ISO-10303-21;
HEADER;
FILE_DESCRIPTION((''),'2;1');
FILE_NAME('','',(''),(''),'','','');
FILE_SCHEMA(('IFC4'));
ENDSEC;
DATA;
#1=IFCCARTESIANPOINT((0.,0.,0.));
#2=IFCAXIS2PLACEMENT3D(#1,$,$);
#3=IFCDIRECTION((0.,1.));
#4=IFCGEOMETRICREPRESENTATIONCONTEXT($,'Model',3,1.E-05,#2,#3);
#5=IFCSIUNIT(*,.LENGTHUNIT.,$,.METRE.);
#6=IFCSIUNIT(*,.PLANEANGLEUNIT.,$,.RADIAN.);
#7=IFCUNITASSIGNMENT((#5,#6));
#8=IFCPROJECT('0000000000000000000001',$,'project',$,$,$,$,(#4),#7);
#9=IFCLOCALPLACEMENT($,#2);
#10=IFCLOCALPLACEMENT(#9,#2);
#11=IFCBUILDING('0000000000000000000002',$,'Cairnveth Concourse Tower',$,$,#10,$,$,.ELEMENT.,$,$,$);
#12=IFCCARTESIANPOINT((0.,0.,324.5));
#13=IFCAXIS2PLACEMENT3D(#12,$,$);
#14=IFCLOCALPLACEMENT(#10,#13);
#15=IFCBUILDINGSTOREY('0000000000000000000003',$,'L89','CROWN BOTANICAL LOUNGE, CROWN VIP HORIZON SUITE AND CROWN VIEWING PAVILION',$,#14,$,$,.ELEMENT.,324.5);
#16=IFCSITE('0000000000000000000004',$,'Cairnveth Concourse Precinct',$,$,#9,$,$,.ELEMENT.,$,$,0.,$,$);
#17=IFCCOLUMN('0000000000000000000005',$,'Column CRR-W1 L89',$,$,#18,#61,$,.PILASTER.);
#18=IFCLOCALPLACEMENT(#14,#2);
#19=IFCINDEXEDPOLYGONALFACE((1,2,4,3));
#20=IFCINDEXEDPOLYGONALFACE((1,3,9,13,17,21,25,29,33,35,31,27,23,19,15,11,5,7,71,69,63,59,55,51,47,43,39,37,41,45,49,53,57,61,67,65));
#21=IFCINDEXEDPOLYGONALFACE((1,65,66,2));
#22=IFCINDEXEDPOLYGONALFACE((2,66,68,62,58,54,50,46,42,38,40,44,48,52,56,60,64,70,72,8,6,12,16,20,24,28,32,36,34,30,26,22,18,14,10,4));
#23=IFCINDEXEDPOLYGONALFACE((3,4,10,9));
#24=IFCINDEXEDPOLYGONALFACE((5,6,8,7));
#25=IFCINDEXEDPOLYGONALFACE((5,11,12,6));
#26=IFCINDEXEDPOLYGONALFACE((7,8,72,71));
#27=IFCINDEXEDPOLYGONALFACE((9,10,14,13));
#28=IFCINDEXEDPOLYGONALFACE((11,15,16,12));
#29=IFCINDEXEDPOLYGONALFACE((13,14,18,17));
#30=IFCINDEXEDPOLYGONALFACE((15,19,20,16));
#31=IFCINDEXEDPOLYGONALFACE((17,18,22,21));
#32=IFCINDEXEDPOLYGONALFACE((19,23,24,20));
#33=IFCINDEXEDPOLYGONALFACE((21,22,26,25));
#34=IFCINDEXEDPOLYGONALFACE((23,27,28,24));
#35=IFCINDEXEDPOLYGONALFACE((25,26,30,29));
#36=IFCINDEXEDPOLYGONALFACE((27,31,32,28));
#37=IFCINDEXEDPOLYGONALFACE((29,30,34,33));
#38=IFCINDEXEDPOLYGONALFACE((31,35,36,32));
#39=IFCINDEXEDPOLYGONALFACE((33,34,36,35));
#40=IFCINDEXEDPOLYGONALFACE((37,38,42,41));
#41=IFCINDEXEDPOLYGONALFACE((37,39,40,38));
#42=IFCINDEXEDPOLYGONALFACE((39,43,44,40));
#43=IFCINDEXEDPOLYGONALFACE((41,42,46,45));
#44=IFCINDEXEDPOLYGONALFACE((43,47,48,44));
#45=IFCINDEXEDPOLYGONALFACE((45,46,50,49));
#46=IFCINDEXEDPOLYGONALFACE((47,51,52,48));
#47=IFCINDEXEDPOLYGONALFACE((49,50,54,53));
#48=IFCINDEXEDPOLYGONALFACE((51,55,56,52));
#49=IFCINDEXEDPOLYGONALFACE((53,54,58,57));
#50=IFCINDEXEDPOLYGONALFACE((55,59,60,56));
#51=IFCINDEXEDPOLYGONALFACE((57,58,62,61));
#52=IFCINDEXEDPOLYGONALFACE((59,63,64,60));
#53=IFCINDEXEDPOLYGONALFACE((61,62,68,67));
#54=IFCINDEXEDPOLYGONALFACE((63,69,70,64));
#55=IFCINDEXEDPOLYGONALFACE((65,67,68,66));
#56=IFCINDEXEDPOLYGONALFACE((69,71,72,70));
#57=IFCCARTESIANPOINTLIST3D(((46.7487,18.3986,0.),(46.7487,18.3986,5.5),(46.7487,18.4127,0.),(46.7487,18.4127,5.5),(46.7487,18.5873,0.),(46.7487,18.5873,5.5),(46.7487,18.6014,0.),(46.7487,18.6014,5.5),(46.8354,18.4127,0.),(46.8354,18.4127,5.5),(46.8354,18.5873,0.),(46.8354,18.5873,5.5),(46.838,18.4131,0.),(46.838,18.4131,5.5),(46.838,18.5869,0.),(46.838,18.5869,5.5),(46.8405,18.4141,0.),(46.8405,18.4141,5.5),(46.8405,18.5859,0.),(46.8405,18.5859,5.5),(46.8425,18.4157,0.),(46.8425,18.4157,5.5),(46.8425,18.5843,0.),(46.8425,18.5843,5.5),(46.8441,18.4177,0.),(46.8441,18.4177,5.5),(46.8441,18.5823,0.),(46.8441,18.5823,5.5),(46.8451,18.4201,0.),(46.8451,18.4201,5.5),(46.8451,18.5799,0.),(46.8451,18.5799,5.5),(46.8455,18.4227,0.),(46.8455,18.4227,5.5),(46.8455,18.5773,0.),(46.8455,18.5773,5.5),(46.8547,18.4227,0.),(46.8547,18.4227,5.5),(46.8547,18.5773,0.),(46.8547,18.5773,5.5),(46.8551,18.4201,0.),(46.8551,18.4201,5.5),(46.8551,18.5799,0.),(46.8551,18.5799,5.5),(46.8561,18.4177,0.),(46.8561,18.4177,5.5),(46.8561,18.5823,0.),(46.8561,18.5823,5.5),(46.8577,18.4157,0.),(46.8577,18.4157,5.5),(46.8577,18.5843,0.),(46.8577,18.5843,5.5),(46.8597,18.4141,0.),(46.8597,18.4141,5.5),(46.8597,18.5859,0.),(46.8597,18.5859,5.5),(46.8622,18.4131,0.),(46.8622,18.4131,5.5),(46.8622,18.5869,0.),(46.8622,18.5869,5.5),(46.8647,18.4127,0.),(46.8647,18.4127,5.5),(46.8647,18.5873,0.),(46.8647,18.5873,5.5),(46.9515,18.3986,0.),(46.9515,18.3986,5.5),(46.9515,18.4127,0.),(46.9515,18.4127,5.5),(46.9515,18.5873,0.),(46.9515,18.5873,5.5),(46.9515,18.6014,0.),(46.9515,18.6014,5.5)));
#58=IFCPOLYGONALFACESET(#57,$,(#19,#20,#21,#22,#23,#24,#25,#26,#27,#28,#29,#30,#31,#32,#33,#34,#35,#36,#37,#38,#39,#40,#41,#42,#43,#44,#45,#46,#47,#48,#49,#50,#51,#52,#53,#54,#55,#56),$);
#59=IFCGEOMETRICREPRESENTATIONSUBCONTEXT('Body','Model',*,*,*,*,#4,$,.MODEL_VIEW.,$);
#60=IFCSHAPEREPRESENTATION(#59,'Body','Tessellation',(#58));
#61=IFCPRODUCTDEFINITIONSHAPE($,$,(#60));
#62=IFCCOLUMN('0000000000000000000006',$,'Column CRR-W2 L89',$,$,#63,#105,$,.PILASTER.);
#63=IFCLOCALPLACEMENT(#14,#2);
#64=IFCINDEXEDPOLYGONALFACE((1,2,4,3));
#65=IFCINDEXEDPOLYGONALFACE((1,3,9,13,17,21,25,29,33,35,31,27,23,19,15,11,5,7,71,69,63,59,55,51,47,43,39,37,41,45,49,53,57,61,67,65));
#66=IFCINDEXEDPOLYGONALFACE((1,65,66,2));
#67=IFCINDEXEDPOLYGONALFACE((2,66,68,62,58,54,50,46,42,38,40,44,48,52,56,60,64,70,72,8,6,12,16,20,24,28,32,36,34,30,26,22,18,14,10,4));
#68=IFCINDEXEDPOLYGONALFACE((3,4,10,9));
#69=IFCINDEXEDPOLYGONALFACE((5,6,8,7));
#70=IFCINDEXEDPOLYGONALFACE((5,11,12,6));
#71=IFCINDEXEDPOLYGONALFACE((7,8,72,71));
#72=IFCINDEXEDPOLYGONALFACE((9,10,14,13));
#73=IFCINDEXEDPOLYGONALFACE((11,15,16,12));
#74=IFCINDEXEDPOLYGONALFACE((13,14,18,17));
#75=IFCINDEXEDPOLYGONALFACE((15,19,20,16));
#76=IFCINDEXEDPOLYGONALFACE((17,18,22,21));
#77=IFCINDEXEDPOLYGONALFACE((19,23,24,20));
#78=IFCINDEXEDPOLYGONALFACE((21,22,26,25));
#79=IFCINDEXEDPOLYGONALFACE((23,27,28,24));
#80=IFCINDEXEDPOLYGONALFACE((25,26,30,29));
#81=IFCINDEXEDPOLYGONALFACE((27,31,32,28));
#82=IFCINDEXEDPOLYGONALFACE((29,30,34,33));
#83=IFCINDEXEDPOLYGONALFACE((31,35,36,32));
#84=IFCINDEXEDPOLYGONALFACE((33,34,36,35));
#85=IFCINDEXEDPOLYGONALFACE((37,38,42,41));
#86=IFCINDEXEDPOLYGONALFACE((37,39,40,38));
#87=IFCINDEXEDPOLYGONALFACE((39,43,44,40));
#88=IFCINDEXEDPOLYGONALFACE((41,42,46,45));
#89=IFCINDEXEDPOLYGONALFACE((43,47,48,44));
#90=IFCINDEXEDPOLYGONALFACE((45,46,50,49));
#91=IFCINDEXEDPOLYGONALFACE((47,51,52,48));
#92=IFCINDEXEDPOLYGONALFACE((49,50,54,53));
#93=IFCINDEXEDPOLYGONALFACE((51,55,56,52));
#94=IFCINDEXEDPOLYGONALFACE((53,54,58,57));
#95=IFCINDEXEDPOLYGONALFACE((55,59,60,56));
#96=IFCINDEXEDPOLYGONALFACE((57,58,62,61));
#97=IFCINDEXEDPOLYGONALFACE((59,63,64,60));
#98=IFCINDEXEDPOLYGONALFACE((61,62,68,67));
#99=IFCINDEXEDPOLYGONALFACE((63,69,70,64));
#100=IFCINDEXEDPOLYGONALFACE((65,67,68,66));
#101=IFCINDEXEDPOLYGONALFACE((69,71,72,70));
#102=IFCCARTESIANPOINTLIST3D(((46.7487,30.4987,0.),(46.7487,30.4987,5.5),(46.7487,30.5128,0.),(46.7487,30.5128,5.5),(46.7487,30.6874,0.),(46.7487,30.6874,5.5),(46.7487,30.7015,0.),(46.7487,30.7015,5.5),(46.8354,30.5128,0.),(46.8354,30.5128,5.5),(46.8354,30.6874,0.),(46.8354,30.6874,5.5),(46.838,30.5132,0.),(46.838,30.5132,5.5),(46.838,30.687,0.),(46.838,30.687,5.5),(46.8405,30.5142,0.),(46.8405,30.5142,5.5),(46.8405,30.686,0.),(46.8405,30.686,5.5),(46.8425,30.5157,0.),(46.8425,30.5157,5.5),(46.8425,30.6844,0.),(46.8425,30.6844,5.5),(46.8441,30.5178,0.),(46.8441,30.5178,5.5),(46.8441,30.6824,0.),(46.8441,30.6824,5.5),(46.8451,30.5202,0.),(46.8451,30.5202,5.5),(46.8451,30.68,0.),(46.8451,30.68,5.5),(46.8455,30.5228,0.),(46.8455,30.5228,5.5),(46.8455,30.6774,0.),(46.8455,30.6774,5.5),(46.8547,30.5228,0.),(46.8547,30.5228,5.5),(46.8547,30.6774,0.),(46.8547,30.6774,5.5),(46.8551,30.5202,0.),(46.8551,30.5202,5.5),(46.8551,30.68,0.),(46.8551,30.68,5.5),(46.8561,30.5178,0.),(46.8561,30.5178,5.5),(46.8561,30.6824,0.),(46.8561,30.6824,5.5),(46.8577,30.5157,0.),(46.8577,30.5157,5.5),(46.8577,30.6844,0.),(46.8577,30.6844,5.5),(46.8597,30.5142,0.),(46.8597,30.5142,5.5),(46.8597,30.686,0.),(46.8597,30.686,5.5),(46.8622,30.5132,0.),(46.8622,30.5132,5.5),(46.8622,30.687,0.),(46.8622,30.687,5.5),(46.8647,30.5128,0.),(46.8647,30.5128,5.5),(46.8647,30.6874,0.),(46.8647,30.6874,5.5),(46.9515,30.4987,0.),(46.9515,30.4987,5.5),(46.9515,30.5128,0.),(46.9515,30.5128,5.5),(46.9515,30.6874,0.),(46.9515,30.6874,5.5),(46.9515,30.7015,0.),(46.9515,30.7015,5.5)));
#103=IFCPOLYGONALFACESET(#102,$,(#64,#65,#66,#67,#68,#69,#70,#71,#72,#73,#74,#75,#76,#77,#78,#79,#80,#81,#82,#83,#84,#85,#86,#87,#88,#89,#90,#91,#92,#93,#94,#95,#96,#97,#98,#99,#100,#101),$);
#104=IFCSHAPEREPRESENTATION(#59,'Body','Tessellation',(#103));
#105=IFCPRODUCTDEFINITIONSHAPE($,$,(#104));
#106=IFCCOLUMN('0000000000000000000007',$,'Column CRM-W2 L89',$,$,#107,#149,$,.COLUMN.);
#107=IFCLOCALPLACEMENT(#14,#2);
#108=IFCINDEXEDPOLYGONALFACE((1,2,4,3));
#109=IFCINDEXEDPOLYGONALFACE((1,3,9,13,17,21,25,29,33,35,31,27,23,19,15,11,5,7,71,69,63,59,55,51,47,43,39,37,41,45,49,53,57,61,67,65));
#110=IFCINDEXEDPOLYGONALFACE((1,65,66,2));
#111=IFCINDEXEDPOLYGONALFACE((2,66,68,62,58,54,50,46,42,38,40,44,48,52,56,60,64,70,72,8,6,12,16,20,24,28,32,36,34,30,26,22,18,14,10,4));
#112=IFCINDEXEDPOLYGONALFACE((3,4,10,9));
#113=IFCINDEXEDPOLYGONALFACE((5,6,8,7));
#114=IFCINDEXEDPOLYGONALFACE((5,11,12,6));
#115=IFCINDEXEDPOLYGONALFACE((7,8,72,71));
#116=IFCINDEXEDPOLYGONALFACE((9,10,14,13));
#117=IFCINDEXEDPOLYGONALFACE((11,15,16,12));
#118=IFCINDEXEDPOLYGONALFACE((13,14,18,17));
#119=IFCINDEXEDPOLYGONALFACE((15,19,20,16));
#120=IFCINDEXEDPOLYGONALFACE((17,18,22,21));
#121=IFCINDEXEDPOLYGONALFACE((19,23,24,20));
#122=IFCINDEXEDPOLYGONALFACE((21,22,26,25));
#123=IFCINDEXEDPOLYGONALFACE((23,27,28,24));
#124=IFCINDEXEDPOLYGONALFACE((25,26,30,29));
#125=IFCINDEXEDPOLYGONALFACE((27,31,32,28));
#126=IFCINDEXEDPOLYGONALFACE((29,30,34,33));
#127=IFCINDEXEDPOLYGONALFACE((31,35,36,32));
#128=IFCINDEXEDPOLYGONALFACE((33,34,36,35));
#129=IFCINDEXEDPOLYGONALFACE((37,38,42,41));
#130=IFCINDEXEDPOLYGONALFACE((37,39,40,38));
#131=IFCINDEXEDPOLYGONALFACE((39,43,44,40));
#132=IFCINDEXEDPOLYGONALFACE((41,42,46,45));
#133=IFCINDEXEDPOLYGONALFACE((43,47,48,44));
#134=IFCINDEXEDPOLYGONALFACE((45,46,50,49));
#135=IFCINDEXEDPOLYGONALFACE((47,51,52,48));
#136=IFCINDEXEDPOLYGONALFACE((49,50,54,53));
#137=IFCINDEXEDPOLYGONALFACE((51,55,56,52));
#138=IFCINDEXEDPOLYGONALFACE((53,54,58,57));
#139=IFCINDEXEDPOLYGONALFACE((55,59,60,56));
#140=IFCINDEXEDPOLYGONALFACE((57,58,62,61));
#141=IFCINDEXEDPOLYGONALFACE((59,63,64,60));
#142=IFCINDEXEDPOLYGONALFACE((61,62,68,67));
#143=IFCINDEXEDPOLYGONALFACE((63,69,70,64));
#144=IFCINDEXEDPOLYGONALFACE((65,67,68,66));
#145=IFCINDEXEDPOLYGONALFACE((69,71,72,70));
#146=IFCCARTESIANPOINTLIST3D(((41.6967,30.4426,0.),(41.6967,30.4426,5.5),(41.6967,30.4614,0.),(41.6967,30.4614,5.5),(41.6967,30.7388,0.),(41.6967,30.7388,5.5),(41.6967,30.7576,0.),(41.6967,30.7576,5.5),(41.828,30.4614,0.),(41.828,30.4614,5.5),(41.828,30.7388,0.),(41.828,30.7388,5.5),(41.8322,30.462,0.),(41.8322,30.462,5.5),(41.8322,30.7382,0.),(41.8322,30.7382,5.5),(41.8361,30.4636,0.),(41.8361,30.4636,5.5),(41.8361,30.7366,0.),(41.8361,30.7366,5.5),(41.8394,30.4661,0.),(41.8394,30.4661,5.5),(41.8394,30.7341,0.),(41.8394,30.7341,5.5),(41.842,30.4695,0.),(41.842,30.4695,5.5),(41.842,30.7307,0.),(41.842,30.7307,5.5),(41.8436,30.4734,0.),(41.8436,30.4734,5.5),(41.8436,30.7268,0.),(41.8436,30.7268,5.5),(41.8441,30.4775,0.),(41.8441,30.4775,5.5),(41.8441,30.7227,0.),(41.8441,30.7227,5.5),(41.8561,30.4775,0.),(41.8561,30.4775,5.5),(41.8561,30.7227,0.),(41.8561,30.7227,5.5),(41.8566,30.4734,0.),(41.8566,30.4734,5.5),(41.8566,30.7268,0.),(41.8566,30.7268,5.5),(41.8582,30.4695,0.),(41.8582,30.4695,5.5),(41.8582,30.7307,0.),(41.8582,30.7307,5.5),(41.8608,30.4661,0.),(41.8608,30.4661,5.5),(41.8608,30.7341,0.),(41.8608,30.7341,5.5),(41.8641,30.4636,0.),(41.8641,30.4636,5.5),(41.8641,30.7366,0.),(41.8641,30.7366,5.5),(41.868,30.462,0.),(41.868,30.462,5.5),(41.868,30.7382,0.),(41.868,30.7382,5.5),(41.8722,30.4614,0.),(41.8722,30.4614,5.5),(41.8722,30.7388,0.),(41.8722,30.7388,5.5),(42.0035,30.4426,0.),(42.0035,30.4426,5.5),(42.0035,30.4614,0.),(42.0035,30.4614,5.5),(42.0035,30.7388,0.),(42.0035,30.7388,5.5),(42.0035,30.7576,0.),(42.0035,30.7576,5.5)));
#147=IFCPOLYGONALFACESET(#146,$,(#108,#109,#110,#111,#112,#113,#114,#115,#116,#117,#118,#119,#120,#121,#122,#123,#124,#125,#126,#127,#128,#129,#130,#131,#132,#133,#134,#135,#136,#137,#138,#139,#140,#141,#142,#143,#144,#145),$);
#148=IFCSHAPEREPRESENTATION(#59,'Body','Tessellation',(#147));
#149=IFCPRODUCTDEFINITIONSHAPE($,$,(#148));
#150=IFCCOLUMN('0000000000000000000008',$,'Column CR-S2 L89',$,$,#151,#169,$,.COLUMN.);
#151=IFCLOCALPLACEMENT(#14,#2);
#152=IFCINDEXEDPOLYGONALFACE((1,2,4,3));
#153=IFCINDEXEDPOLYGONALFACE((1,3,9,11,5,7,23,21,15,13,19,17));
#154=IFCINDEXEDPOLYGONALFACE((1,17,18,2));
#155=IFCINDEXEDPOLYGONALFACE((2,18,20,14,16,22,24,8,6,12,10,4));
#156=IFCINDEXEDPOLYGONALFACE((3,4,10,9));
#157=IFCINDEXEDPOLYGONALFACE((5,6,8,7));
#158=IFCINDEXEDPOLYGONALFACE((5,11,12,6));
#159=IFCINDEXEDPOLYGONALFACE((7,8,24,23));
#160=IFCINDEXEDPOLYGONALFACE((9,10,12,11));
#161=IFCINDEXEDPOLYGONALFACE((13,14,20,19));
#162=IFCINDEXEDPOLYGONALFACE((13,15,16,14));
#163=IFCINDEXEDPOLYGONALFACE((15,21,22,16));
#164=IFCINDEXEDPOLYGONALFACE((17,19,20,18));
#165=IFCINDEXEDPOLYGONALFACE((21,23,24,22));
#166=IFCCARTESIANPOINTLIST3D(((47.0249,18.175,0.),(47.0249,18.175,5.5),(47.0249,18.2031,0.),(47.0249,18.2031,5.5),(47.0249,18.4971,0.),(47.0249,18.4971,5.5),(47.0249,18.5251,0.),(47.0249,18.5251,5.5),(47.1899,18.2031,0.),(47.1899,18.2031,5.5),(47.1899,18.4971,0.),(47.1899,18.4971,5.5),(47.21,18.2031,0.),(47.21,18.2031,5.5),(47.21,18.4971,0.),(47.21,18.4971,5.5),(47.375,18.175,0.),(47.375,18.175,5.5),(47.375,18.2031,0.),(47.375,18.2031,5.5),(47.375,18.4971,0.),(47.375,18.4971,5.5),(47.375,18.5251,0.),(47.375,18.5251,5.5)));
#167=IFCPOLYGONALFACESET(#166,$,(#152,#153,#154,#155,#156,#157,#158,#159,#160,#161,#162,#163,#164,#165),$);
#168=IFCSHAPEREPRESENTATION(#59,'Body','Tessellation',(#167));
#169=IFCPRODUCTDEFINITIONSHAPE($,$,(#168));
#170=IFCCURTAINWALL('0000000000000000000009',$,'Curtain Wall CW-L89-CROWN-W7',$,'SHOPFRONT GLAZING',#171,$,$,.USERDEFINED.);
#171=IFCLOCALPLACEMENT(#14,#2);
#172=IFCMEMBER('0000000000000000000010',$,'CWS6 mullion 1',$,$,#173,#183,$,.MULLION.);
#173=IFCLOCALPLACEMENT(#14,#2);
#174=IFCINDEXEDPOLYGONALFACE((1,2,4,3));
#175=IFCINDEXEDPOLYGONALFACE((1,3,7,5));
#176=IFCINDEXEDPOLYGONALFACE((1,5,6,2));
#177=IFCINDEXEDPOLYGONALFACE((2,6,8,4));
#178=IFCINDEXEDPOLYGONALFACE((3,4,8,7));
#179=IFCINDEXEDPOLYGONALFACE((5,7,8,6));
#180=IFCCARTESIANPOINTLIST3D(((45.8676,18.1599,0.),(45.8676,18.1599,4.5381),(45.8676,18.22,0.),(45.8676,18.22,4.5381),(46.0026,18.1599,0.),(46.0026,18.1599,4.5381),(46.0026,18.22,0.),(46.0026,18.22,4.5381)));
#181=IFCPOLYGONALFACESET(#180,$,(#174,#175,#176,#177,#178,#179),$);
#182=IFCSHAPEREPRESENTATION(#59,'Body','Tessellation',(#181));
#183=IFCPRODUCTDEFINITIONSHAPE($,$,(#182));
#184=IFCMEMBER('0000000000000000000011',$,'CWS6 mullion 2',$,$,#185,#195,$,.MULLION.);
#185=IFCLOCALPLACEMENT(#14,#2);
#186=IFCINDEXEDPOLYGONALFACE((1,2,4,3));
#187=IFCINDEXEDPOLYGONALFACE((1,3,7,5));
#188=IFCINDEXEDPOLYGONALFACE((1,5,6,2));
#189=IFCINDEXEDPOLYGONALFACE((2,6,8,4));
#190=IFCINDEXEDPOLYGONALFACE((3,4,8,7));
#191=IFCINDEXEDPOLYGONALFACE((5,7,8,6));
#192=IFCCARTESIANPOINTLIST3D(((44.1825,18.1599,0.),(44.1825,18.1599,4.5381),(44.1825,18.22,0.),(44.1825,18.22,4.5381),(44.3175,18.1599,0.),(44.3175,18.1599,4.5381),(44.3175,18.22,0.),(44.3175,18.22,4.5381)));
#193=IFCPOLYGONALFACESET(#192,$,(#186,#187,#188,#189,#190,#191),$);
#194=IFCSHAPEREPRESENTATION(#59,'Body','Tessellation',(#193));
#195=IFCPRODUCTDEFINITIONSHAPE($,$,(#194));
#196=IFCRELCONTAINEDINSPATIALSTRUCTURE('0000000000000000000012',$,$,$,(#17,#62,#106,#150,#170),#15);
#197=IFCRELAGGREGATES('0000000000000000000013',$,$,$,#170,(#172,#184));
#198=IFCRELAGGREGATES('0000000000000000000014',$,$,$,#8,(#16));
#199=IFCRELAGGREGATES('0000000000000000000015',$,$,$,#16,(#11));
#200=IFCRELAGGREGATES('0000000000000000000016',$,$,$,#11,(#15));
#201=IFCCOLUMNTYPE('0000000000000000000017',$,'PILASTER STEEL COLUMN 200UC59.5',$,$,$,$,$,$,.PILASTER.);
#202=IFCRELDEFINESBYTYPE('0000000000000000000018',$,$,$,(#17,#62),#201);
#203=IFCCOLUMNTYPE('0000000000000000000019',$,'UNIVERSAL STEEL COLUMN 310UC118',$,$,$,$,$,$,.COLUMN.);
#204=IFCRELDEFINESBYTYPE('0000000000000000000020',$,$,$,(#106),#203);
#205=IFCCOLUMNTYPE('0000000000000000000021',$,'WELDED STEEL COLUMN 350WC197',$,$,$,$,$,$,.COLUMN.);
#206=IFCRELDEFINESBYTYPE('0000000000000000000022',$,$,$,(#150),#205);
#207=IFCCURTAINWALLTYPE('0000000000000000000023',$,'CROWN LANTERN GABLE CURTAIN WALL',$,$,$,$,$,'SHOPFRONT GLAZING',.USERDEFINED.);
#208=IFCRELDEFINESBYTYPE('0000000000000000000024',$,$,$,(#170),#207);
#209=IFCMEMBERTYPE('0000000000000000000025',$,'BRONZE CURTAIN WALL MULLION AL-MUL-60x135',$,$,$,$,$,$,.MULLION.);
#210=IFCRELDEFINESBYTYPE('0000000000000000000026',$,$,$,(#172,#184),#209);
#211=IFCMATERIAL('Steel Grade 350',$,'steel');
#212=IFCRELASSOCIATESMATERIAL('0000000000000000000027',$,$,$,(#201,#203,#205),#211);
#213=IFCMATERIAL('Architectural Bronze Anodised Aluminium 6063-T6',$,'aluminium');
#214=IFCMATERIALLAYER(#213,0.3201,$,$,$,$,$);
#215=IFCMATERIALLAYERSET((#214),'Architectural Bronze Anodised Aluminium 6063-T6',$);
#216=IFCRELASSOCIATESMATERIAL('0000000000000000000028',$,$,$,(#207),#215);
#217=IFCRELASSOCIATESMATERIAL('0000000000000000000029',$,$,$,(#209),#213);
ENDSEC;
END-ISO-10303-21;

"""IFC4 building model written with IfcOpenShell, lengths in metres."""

from ifc_helpers import new_model, si_unit, direction, frame, origin, origin_2d, place, context, subcontext, project, spatial, rectangle, i_section, extrude, material, layer, layer_set, material_profile, profile_set, type_object, element, aggregate, save


model = new_model("IFC4")

# Units and contexts
model_context = context("Model", 3, precision=1e-05, world=origin(), true_north=direction((0.0, 1.0)))
body_context = subcontext(model_context, "Body", "Model", "MODEL_VIEW")
ifc_project = project(units=[si_unit("LENGTHUNIT", "METRE"), si_unit("PLANEANGLEUNIT", "RADIAN")], contexts=[model_context])

# Site, building, storey
site_placement = place(None, origin())
site = spatial("IfcSite", under=ifc_project, at=site_placement, Name="Cairnveth Concourse Precinct", CompositionType="ELEMENT", RefElevation=0.0)
building_placement = place(site_placement, origin())
building = spatial("IfcBuilding", under=site, at=building_placement, Name="Cairnveth Concourse Tower", CompositionType="ELEMENT")
storey_placement = place(building_placement, frame((0.0, 0.0, 324.5)))
storey = spatial("IfcBuildingStorey", under=building, at=storey_placement, Name="L89", Description="CROWN BOTANICAL LOUNGE, CROWN VIP HORIZON SUITE AND CROWN VIEWING PAVILION", CompositionType="ELEMENT", Elevation=324.5)

# Columns
ifc_material_1 = material(Name="Steel Grade 350", Category="steel")
ifc_material_profile_1 = material_profile(ifc_material_1, i_section(OverallWidth=0.2029, OverallDepth=0.2029, WebThickness=0.0093, FlangeThickness=0.0142, FilletRadius=0.01, at=origin_2d()), Name="200UC59.5")
ifc_profile_set_1 = profile_set([ifc_material_profile_1], Name="Steel Grade 350")
column_type_1 = type_object("IfcColumnType", Name="PILASTER STEEL COLUMN 200UC59.5", PredefinedType="PILASTER", material=ifc_profile_set_1)
for number, where, z_axis, x_axis, name in (
    (1, (46.8501, 18.5, 0.0), (0.0, 0.0, 1.0), (1.0, 0.0, 0.0), "Column CRR-W1 L89"),
    (2, (46.8501, 30.6001, 0.0), (0.0, 0.0, 1.0), (1.0, 0.0, 0.0), "Column CRR-W2 L89"),
):
    element("IfcColumn", number, at=place(storey_placement, frame(where, z_axis=z_axis, x_axis=x_axis)), inside=storey, type_object=column_type_1, Name=name, PredefinedType="PILASTER", context=body_context, shape_type="SweptSolid", body=[
        extrude(i_section(OverallWidth=0.2029, OverallDepth=0.2029, WebThickness=0.0093, FlangeThickness=0.0142, FilletRadius=0.01, at=origin_2d()), origin(), (0.0, 0.0, 1.0), 5.5),
    ])
ifc_material_profile_2 = material_profile(ifc_material_1, i_section(OverallWidth=0.3069, OverallDepth=0.3149, WebThickness=0.012, FlangeThickness=0.0188, FilletRadius=0.0161, at=origin_2d()), Name="310UC118")
ifc_profile_set_2 = profile_set([ifc_material_profile_2], Name="Steel Grade 350")
column_type_2 = type_object("IfcColumnType", Name="UNIVERSAL STEEL COLUMN 310UC118", PredefinedType="COLUMN", material=ifc_profile_set_2)
column_1_placement = place(storey_placement, frame((41.8501, 30.6001, 0.0), z_axis=(0.0, 0.0, 1.0), x_axis=(1.0, 0.0, 0.0)))
element("IfcColumn", 3, at=column_1_placement, inside=storey, type_object=column_type_2, Name="Column CRM-W2 L89", PredefinedType="COLUMN", context=body_context, shape_type="SweptSolid", body=[
    extrude(i_section(OverallWidth=0.3069, OverallDepth=0.3149, WebThickness=0.012, FlangeThickness=0.0188, FilletRadius=0.0161, at=origin_2d()), origin(), (0.0, 0.0, 1.0), 5.5),
])
ifc_material_profile_3 = material_profile(ifc_material_1, i_section(OverallWidth=0.3501, OverallDepth=0.3501, WebThickness=0.02, FlangeThickness=0.0281, at=origin_2d()), Name="350WC197")
ifc_profile_set_3 = profile_set([ifc_material_profile_3], Name="Steel Grade 350")
column_type_3 = type_object("IfcColumnType", Name="WELDED STEEL COLUMN 350WC197", PredefinedType="COLUMN", material=ifc_profile_set_3)
column_2_placement = place(storey_placement, frame((47.2, 18.3501, 0.0), z_axis=(0.0, 0.0, 1.0), x_axis=(1.0, 0.0, 0.0)))
element("IfcColumn", 4, at=column_2_placement, inside=storey, type_object=column_type_3, Name="Column CR-S2 L89", PredefinedType="COLUMN", context=body_context, shape_type="SweptSolid", body=[
    extrude(i_section(OverallWidth=0.3501, OverallDepth=0.3501, WebThickness=0.02, FlangeThickness=0.0281, at=origin_2d()), origin(), (0.0, 0.0, 1.0), 5.5),
])

# Curtain wall, members
ifc_material_2 = material(Name="Architectural Bronze Anodised Aluminium 6063-T6", Category="aluminium")
ifc_layer_1 = layer(ifc_material_2, 0.3201)
ifc_layer_set_1 = layer_set([ifc_layer_1], Name="Architectural Bronze Anodised Aluminium 6063-T6")
curtain_wall_type = type_object("IfcCurtainWallType", Name="CROWN LANTERN GABLE CURTAIN WALL", ElementType="SHOPFRONT GLAZING", PredefinedType="USERDEFINED", material=ifc_layer_set_1)
curtain_wall_placement = place(storey_placement, origin())
curtain_wall = element("IfcCurtainWall", 5, at=curtain_wall_placement, inside=storey, type_object=curtain_wall_type, Name="Curtain Wall CW-L89-CROWN-W7", ObjectType="SHOPFRONT GLAZING", PredefinedType="USERDEFINED")
ifc_material_profile_4 = material_profile(ifc_material_2, rectangle(XDim=0.0601, YDim=0.135, at=origin_2d()), Name="AL-MUL-60x135")
ifc_profile_set_4 = profile_set([ifc_material_profile_4], Name="Architectural Bronze Anodised Aluminium 6063-T6")
member_type_1 = type_object("IfcMemberType", Name="BRONZE CURTAIN WALL MULLION AL-MUL-60x135", PredefinedType="MULLION", material=ifc_profile_set_4)
member_1_placement = place(storey_placement, frame((45.9351, 18.1899, 0.0), z_axis=(0.0, 0.0, 1.0), x_axis=(0.0, -1.0, 0.0)))
member_1 = element("IfcMember", 6, at=member_1_placement, type_object=member_type_1, Name="CWS6 mullion 1", PredefinedType="MULLION", context=body_context, shape_type="SweptSolid", body=[
    extrude(rectangle(XDim=0.0601, YDim=0.135, at=origin_2d()), origin(), (0.0, 0.0, 1.0), 4.5381),
])
member_2_placement = place(storey_placement, frame((44.25, 18.1899, 0.0), z_axis=(0.0, 0.0, 1.0), x_axis=(0.0, -1.0, 0.0)))
member_2 = element("IfcMember", 7, at=member_2_placement, type_object=member_type_1, Name="CWS6 mullion 2", PredefinedType="MULLION", context=body_context, shape_type="SweptSolid", body=[
    extrude(rectangle(XDim=0.0601, YDim=0.135, at=origin_2d()), origin(), (0.0, 0.0, 1.0), 4.5381),
])

aggregate(curtain_wall, [member_1, member_2])

save(model, "model.ifc")
